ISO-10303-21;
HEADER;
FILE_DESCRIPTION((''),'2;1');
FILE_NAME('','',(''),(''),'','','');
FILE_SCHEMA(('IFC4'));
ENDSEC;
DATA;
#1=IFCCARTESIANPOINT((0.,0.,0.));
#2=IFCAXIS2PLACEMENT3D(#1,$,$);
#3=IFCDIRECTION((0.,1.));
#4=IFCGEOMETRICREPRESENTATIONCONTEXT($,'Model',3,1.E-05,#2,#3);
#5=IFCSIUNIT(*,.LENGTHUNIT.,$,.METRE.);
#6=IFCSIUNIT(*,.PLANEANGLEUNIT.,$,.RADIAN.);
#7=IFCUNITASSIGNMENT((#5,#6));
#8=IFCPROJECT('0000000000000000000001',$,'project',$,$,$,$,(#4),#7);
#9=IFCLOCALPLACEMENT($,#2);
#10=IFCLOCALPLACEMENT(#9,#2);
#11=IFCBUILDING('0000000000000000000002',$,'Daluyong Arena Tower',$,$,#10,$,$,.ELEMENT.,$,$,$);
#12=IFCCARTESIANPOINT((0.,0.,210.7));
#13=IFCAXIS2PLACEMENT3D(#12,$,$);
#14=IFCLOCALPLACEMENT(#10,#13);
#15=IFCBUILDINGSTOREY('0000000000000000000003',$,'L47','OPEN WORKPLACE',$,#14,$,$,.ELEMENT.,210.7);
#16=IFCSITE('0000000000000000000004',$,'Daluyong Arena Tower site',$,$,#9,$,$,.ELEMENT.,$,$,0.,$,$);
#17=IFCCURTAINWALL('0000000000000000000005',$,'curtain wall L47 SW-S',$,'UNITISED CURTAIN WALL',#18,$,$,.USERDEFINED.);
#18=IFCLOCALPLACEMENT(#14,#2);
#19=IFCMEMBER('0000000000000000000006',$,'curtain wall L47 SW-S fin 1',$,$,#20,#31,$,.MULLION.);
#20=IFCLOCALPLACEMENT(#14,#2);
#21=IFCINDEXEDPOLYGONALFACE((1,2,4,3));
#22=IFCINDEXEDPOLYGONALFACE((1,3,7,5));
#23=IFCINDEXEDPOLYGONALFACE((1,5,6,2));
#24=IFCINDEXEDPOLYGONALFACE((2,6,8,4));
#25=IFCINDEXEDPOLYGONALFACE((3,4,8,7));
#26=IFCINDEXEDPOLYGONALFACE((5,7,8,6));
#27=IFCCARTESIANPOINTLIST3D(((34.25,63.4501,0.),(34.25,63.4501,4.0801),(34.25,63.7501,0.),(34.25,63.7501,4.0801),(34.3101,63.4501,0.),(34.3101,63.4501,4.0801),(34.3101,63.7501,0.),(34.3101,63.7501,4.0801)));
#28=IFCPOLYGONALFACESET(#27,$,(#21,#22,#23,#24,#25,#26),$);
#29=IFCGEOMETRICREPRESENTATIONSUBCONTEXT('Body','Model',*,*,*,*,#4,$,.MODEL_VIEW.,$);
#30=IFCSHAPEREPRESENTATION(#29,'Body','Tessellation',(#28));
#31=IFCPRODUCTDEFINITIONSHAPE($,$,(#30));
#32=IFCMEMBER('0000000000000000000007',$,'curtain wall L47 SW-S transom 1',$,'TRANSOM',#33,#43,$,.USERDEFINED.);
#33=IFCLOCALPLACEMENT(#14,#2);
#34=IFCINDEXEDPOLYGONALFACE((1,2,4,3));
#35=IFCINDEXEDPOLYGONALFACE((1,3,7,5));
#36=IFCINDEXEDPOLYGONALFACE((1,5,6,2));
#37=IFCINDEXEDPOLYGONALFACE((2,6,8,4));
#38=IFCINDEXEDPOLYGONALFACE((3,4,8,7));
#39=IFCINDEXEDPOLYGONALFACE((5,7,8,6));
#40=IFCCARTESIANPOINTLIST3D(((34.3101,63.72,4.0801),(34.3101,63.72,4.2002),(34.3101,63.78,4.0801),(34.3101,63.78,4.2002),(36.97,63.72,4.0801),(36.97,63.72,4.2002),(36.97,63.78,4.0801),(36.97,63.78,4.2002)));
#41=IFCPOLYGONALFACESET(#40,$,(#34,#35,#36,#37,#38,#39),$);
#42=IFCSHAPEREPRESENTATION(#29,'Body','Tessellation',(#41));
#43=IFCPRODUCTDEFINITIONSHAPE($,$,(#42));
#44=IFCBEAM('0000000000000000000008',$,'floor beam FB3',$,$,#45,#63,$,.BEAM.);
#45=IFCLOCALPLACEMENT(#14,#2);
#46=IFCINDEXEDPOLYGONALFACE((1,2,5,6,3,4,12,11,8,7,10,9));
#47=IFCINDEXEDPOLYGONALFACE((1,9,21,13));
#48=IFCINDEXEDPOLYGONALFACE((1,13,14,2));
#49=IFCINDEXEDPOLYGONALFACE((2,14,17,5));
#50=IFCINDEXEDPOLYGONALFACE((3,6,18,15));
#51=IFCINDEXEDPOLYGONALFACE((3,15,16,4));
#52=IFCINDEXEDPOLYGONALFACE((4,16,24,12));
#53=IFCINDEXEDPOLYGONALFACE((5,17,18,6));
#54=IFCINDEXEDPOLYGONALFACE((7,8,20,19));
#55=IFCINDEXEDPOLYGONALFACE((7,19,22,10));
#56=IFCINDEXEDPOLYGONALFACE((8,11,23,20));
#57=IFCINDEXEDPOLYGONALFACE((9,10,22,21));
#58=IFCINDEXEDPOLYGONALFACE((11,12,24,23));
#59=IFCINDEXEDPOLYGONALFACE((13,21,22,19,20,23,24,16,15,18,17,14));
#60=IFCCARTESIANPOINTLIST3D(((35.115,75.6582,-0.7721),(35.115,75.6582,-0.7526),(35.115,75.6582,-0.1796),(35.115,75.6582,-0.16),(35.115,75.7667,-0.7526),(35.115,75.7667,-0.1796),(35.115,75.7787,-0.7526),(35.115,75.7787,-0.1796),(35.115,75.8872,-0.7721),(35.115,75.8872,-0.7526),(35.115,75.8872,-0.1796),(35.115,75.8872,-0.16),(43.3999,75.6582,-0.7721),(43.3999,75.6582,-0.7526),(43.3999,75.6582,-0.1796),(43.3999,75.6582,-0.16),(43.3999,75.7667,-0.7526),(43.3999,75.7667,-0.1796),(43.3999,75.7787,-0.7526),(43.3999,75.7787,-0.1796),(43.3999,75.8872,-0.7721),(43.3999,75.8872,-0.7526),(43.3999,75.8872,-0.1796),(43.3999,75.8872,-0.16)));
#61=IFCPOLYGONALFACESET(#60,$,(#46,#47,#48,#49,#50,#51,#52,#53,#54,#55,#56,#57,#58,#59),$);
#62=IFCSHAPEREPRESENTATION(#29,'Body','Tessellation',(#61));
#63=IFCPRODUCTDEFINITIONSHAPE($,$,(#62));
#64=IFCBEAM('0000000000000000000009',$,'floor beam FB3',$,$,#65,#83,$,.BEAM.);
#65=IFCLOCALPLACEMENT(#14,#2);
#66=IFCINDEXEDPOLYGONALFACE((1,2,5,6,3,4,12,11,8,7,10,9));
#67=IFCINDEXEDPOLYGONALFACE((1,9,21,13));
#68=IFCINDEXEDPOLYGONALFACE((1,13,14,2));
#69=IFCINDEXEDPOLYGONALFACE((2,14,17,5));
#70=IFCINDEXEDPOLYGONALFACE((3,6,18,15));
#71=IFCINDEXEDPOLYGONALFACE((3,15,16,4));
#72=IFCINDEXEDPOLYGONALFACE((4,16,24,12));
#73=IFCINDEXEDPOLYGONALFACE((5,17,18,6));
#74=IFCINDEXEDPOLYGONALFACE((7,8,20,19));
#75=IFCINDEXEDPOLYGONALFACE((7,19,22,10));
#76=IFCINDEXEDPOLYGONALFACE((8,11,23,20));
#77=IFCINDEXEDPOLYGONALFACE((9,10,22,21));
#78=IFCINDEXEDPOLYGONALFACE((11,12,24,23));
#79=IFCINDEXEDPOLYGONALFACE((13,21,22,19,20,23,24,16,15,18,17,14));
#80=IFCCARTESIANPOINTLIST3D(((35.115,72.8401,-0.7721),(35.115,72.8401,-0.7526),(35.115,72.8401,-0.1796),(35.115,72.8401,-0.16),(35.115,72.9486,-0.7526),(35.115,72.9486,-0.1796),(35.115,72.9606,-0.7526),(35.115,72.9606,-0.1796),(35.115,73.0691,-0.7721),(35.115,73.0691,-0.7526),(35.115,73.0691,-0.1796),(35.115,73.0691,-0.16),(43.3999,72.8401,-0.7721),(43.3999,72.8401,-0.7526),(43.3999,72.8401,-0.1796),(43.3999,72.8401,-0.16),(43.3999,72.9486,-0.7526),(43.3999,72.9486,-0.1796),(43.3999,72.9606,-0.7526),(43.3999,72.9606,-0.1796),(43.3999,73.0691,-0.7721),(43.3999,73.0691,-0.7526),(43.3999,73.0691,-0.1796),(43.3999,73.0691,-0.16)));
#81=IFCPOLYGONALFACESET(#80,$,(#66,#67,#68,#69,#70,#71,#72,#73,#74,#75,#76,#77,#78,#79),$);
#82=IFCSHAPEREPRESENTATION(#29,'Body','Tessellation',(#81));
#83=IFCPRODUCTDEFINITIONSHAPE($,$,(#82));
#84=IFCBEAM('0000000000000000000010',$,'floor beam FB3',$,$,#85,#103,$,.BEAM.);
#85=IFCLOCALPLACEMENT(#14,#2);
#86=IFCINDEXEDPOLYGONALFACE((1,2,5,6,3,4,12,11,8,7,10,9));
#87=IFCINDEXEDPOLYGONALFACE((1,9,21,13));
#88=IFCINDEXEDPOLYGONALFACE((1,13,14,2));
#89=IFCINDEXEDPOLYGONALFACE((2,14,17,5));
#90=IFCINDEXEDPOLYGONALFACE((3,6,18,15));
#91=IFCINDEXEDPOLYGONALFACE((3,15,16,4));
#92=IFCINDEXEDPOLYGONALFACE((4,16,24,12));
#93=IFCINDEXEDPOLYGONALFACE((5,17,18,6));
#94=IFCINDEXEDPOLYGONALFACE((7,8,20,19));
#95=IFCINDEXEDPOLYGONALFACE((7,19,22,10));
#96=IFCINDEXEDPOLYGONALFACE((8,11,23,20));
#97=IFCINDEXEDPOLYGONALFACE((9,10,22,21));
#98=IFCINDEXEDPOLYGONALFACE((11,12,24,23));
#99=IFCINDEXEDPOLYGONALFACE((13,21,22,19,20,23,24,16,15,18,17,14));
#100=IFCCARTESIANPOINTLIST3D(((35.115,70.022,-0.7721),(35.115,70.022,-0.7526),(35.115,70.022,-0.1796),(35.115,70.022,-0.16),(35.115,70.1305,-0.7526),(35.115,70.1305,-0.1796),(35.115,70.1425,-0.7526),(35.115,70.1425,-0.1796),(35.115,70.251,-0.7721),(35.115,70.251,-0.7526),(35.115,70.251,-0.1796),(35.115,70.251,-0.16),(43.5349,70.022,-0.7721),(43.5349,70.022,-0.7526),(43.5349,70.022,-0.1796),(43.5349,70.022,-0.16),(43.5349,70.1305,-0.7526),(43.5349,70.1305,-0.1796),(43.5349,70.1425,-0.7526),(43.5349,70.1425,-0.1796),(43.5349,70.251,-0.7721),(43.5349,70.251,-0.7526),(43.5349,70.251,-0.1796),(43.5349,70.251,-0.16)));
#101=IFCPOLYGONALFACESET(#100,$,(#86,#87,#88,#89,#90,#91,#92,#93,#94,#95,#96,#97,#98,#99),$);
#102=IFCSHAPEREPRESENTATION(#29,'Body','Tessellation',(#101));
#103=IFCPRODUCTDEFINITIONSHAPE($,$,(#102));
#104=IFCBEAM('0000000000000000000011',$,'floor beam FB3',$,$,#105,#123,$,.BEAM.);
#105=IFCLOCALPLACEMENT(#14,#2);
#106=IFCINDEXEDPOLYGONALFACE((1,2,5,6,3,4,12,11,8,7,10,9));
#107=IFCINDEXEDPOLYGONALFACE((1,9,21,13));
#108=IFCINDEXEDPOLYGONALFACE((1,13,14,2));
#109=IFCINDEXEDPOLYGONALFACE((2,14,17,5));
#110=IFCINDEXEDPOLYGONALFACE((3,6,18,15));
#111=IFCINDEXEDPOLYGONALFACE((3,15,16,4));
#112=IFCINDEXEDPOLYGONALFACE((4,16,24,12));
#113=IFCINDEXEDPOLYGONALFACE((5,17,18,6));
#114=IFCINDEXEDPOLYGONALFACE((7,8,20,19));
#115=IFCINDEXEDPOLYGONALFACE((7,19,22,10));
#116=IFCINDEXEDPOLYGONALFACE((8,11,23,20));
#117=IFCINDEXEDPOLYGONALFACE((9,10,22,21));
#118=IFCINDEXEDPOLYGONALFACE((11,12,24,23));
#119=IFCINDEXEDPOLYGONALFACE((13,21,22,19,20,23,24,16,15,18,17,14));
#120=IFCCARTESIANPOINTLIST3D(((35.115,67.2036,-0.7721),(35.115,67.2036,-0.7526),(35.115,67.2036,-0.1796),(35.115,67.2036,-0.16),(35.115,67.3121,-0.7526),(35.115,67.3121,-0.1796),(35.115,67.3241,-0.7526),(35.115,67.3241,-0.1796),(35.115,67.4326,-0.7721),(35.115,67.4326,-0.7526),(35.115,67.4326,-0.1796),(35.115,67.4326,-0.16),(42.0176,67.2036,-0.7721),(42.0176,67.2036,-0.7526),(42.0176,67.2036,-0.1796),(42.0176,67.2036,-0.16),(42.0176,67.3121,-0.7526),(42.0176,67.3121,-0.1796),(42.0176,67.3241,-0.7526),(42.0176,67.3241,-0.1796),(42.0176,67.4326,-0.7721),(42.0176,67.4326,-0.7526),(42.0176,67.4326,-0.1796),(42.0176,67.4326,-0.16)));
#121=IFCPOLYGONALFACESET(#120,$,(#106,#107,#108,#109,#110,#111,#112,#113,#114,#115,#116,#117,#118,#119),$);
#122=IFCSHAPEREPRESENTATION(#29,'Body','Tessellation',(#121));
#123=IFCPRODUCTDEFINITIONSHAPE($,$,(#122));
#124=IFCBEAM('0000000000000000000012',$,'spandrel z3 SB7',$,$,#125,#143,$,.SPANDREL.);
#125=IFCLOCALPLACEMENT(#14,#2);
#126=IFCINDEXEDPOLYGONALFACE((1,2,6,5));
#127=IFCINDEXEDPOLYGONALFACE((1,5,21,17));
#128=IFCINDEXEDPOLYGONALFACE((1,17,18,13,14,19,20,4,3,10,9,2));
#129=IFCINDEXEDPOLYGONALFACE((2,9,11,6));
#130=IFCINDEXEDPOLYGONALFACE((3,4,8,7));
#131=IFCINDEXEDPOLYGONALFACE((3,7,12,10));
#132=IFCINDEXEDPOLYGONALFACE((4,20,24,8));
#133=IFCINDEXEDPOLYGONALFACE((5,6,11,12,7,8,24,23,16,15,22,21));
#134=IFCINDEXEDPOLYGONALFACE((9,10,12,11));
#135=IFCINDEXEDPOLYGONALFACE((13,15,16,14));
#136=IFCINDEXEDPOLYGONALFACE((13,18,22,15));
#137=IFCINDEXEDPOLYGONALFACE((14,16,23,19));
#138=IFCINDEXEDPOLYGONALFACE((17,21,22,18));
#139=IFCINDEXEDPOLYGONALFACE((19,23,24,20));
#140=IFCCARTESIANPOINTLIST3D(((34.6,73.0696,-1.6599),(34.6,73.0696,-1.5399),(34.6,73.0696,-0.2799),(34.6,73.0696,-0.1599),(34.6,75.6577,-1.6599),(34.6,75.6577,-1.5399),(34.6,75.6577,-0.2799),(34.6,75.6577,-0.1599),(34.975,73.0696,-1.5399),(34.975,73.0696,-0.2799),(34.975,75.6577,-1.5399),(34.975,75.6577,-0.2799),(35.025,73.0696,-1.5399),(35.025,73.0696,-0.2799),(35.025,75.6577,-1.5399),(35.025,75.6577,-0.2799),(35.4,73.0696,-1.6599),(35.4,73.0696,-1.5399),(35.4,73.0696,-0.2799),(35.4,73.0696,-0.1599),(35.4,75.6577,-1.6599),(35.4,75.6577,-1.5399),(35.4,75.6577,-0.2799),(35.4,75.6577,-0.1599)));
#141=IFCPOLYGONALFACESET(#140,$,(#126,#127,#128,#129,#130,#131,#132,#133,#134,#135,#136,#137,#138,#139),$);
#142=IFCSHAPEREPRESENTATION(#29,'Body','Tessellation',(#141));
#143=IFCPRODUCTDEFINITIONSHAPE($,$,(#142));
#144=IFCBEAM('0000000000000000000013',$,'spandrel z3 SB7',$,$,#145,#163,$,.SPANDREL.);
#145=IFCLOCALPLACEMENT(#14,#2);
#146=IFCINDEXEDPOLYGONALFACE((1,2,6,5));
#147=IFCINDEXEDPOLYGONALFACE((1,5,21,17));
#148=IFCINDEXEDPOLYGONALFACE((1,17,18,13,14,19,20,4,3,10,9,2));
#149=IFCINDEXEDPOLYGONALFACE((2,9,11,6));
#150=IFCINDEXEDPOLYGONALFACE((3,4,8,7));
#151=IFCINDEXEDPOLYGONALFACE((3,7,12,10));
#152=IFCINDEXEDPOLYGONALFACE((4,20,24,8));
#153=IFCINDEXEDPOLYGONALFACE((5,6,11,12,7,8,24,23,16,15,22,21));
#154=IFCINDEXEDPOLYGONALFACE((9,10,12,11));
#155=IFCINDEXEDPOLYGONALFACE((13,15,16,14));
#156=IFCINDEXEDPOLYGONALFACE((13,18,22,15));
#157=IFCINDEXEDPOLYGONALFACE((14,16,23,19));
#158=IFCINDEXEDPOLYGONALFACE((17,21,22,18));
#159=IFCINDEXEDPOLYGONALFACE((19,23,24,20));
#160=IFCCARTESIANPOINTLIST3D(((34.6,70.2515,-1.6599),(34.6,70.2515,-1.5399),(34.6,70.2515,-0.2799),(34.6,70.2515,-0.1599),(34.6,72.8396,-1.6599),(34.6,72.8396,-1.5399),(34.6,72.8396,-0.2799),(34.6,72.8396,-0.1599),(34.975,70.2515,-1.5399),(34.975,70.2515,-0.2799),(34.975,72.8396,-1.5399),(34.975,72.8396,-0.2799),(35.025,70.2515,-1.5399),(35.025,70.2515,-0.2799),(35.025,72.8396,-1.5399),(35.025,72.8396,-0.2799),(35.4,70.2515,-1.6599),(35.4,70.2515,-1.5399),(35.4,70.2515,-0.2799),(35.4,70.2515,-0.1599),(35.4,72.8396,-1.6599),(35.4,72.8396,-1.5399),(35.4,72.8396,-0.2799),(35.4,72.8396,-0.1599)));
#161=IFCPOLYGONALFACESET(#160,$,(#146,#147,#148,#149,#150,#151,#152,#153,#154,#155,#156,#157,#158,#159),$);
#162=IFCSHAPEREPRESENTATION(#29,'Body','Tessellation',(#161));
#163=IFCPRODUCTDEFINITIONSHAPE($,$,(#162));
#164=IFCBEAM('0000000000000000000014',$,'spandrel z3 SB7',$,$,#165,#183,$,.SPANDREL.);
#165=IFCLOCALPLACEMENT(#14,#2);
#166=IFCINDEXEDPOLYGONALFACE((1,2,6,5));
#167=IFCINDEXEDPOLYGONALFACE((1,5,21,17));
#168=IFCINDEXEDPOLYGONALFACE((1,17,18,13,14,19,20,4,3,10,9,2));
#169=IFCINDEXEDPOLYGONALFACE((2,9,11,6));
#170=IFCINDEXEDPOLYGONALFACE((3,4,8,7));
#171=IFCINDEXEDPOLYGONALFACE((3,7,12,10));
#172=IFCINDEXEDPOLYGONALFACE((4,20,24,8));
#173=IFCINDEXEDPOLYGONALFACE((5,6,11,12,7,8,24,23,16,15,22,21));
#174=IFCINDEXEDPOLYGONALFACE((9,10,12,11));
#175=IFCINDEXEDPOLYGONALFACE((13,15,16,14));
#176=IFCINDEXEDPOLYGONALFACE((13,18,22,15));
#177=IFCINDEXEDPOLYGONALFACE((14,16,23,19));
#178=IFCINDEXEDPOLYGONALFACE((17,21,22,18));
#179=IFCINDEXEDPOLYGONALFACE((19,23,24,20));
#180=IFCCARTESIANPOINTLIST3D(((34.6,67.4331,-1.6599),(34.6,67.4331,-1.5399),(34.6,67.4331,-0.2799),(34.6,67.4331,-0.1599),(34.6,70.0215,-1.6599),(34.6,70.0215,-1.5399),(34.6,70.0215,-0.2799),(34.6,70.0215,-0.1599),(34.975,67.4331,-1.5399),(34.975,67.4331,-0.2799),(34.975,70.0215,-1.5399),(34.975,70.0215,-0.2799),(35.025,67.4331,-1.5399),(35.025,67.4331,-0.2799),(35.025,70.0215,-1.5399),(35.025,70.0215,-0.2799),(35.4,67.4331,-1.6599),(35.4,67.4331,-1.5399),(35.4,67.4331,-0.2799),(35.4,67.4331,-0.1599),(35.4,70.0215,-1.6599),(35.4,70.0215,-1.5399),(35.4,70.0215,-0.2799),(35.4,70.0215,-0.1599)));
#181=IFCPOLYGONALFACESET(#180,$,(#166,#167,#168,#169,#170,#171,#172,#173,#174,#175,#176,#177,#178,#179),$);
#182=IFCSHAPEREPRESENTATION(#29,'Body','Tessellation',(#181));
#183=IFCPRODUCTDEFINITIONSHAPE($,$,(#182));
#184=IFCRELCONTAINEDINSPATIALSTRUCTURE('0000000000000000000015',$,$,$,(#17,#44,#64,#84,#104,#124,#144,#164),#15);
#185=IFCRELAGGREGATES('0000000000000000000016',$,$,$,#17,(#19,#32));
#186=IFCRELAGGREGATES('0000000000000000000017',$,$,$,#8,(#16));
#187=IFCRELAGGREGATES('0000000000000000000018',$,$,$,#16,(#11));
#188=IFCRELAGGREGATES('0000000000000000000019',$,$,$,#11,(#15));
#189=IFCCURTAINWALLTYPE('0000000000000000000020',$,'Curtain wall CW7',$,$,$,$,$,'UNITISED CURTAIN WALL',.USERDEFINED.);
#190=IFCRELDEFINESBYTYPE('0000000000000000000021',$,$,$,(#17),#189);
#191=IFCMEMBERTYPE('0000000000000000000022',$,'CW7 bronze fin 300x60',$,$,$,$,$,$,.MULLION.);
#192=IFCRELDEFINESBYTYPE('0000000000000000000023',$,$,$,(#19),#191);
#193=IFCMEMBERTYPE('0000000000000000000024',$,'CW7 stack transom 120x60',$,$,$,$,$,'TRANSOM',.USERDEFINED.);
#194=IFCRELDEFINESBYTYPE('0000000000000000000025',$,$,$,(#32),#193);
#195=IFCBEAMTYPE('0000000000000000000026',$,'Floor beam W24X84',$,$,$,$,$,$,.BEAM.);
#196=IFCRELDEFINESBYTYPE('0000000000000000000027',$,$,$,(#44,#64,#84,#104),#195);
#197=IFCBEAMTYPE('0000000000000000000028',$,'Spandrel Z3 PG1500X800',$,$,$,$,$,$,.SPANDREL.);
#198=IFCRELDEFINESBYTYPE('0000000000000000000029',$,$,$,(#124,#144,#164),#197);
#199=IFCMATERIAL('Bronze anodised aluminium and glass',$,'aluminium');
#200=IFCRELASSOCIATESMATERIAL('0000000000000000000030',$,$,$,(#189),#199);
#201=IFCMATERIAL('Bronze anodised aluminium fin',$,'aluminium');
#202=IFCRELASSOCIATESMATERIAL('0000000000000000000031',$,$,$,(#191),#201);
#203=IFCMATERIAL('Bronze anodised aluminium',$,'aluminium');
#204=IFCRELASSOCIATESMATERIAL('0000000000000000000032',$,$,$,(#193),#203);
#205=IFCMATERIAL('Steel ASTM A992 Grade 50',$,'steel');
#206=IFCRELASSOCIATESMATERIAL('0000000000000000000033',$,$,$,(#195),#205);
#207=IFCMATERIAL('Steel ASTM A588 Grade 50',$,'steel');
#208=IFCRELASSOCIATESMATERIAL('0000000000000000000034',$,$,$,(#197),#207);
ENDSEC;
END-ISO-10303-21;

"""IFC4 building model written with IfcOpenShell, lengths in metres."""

from ifc_helpers import new_model, si_unit, direction, frame, origin, origin_2d, place, context, subcontext, project, spatial, rectangle, i_section, extrude, material, material_profile, profile_set, type_object, element, aggregate, save


model = new_model("IFC4")

# Units and contexts
model_context = context("Model", 3, precision=1e-05, world=origin(), true_north=direction((0.0, 1.0)))
body_context = subcontext(model_context, "Body", "Model", "MODEL_VIEW")
ifc_project = project(units=[si_unit("LENGTHUNIT", "METRE"), si_unit("PLANEANGLEUNIT", "RADIAN")], contexts=[model_context])

# Site, building, storey
site_placement = place(None, origin())
site = spatial("IfcSite", under=ifc_project, at=site_placement, Name="Daluyong Arena Tower site", CompositionType="ELEMENT", RefElevation=0.0)
building_placement = place(site_placement, origin())
building = spatial("IfcBuilding", under=site, at=building_placement, Name="Daluyong Arena Tower", CompositionType="ELEMENT")
storey_placement = place(building_placement, frame((0.0, 0.0, 210.7)))
storey = spatial("IfcBuildingStorey", under=building, at=storey_placement, Name="L47", Description="OPEN WORKPLACE", CompositionType="ELEMENT", Elevation=210.7)

# Curtain wall, members
ifc_material_1 = material(Name="Bronze anodised aluminium and glass", Category="aluminium")
curtain_wall_type_1 = type_object("IfcCurtainWallType", Name="Curtain wall CW7", ElementType="UNITISED CURTAIN WALL", PredefinedType="USERDEFINED", material=ifc_material_1)
curtain_wall_1_placement = place(storey_placement, origin())
curtain_wall_1 = element("IfcCurtainWall", 1, at=curtain_wall_1_placement, inside=storey, type_object=curtain_wall_type_1, Name="curtain wall L47 SW-S", ObjectType="UNITISED CURTAIN WALL", PredefinedType="USERDEFINED")
ifc_material_2 = material(Name="Bronze anodised aluminium fin", Category="aluminium")
ifc_material_profile_1 = material_profile(ifc_material_2, rectangle(XDim=0.3, YDim=0.0601, at=origin_2d()))
ifc_profile_set_1 = profile_set([ifc_material_profile_1], Name="Bronze anodised aluminium fin")
member_type_1 = type_object("IfcMemberType", Name="CW7 bronze fin 300x60", PredefinedType="MULLION", material=ifc_profile_set_1)
member_1_placement = place(storey_placement, frame((34.28, 63.6001, 0.0), z_axis=(0.0, 0.0, 1.0), x_axis=(0.0, 1.0, 0.0)))
member_1 = element("IfcMember", 2, at=member_1_placement, type_object=member_type_1, Name="curtain wall L47 SW-S fin 1", PredefinedType="MULLION", context=body_context, shape_type="SweptSolid", body=[
    extrude(rectangle(XDim=0.3, YDim=0.0601, at=origin_2d()), origin(), (0.0, 0.0, 1.0), 4.0801),
])
ifc_material_3 = material(Name="Bronze anodised aluminium", Category="aluminium")
ifc_material_profile_2 = material_profile(ifc_material_3, rectangle(XDim=0.0601, YDim=0.1201, at=origin_2d()))
ifc_profile_set_2 = profile_set([ifc_material_profile_2], Name="Bronze anodised aluminium")
member_type_2 = type_object("IfcMemberType", Name="CW7 stack transom 120x60", ElementType="TRANSOM", PredefinedType="USERDEFINED", material=ifc_profile_set_2)
member_2_placement = place(storey_placement, frame((34.3101, 63.75, 4.1401), z_axis=(1.0, 0.0, 0.0), x_axis=(0.0, 1.0, 0.0)))
member_2 = element("IfcMember", 3, at=member_2_placement, type_object=member_type_2, Name="curtain wall L47 SW-S transom 1", ObjectType="TRANSOM", PredefinedType="USERDEFINED", context=body_context, shape_type="SweptSolid", body=[
    extrude(rectangle(XDim=0.0601, YDim=0.1201, at=origin_2d()), origin(), (0.0, 0.0, 1.0), 2.6599),
])
aggregate(curtain_wall_1, [member_1, member_2])

# Beams
ifc_material_4 = material(Name="Steel ASTM A992 Grade 50", Category="steel")
ifc_material_profile_3 = material_profile(ifc_material_4, i_section(OverallWidth=0.229, OverallDepth=0.6121, WebThickness=0.012, FlangeThickness=0.0195, at=origin_2d()))
ifc_profile_set_3 = profile_set([ifc_material_profile_3], Name="Steel ASTM A992 Grade 50")
beam_type_1 = type_object("IfcBeamType", Name="Floor beam W24X84", PredefinedType="BEAM", material=ifc_profile_set_3)
for number, where, z_axis, x_axis, name in (
    (4, (35.115, 75.7727, -0.4661), (1.0, 0.0, 0.0), (0.0, 1.0, 0.0), "floor beam FB3"),
    (5, (35.115, 72.9546, -0.4661), (1.0, 0.0, 0.0), (0.0, 1.0, 0.0), "floor beam FB3"),
):
    element("IfcBeam", number, at=place(storey_placement, frame(where, z_axis=z_axis, x_axis=x_axis)), inside=storey, type_object=beam_type_1, Name=name, PredefinedType="BEAM", context=body_context, shape_type="SweptSolid", body=[
        extrude(i_section(OverallWidth=0.229, OverallDepth=0.6121, WebThickness=0.012, FlangeThickness=0.0195, at=origin_2d()), origin(), (0.0, 0.0, 1.0), 8.2849),
    ])
beam_1_placement = place(storey_placement, frame((35.115, 70.1365, -0.4661), z_axis=(1.0, 0.0, 0.0), x_axis=(0.0, 1.0, 0.0)))
element("IfcBeam", 6, at=beam_1_placement, inside=storey, type_object=beam_type_1, Name="floor beam FB3", PredefinedType="BEAM", context=body_context, shape_type="SweptSolid", body=[
    extrude(i_section(OverallWidth=0.229, OverallDepth=0.6121, WebThickness=0.012, FlangeThickness=0.0195, at=origin_2d()), origin(), (0.0, 0.0, 1.0), 8.4199),
])
beam_2_placement = place(storey_placement, frame((35.115, 67.3181, -0.4661), z_axis=(1.0, 0.0, 0.0), x_axis=(0.0, 1.0, 0.0)))
element("IfcBeam", 7, at=beam_2_placement, inside=storey, type_object=beam_type_1, Name="floor beam FB3", PredefinedType="BEAM", context=body_context, shape_type="SweptSolid", body=[
    extrude(i_section(OverallWidth=0.229, OverallDepth=0.6121, WebThickness=0.012, FlangeThickness=0.0195, at=origin_2d()), origin(), (0.0, 0.0, 1.0), 6.9026),
])
ifc_material_5 = material(Name="Steel ASTM A588 Grade 50", Category="steel")
ifc_material_profile_4 = material_profile(ifc_material_5, i_section(OverallWidth=0.8, OverallDepth=1.5, WebThickness=0.05, FlangeThickness=0.12, at=origin_2d()))
ifc_profile_set_4 = profile_set([ifc_material_profile_4], Name="Steel ASTM A588 Grade 50")
beam_type_2 = type_object("IfcBeamType", Name="Spandrel Z3 PG1500X800", PredefinedType="SPANDREL", material=ifc_profile_set_4)
for number, where, z_axis, x_axis, name in (
    (8, (35.0, 75.6577, -0.9099), (0.0, -1.0, 0.0), (1.0, 0.0, 0.0), "spandrel z3 SB7"),
    (9, (35.0, 72.8396, -0.9099), (0.0, -1.0, 0.0), (1.0, 0.0, 0.0), "spandrel z3 SB7"),
):
    element("IfcBeam", number, at=place(storey_placement, frame(where, z_axis=z_axis, x_axis=x_axis)), inside=storey, type_object=beam_type_2, Name=name, PredefinedType="SPANDREL", context=body_context, shape_type="SweptSolid", body=[
        extrude(i_section(OverallWidth=0.8, OverallDepth=1.5, WebThickness=0.05, FlangeThickness=0.12, at=origin_2d()), origin(), (0.0, 0.0, 1.0), 2.5881),
    ])
beam_3_placement = place(storey_placement, frame((35.0, 70.0215, -0.9099), z_axis=(0.0, -1.0, 0.0), x_axis=(1.0, 0.0, 0.0)))
element("IfcBeam", 10, at=beam_3_placement, inside=storey, type_object=beam_type_2, Name="spandrel z3 SB7", PredefinedType="SPANDREL", context=body_context, shape_type="SweptSolid", body=[
    extrude(i_section(OverallWidth=0.8, OverallDepth=1.5, WebThickness=0.05, FlangeThickness=0.12, at=origin_2d()), origin(), (0.0, 0.0, 1.0), 2.5884),
])

save(model, "model.ifc")
